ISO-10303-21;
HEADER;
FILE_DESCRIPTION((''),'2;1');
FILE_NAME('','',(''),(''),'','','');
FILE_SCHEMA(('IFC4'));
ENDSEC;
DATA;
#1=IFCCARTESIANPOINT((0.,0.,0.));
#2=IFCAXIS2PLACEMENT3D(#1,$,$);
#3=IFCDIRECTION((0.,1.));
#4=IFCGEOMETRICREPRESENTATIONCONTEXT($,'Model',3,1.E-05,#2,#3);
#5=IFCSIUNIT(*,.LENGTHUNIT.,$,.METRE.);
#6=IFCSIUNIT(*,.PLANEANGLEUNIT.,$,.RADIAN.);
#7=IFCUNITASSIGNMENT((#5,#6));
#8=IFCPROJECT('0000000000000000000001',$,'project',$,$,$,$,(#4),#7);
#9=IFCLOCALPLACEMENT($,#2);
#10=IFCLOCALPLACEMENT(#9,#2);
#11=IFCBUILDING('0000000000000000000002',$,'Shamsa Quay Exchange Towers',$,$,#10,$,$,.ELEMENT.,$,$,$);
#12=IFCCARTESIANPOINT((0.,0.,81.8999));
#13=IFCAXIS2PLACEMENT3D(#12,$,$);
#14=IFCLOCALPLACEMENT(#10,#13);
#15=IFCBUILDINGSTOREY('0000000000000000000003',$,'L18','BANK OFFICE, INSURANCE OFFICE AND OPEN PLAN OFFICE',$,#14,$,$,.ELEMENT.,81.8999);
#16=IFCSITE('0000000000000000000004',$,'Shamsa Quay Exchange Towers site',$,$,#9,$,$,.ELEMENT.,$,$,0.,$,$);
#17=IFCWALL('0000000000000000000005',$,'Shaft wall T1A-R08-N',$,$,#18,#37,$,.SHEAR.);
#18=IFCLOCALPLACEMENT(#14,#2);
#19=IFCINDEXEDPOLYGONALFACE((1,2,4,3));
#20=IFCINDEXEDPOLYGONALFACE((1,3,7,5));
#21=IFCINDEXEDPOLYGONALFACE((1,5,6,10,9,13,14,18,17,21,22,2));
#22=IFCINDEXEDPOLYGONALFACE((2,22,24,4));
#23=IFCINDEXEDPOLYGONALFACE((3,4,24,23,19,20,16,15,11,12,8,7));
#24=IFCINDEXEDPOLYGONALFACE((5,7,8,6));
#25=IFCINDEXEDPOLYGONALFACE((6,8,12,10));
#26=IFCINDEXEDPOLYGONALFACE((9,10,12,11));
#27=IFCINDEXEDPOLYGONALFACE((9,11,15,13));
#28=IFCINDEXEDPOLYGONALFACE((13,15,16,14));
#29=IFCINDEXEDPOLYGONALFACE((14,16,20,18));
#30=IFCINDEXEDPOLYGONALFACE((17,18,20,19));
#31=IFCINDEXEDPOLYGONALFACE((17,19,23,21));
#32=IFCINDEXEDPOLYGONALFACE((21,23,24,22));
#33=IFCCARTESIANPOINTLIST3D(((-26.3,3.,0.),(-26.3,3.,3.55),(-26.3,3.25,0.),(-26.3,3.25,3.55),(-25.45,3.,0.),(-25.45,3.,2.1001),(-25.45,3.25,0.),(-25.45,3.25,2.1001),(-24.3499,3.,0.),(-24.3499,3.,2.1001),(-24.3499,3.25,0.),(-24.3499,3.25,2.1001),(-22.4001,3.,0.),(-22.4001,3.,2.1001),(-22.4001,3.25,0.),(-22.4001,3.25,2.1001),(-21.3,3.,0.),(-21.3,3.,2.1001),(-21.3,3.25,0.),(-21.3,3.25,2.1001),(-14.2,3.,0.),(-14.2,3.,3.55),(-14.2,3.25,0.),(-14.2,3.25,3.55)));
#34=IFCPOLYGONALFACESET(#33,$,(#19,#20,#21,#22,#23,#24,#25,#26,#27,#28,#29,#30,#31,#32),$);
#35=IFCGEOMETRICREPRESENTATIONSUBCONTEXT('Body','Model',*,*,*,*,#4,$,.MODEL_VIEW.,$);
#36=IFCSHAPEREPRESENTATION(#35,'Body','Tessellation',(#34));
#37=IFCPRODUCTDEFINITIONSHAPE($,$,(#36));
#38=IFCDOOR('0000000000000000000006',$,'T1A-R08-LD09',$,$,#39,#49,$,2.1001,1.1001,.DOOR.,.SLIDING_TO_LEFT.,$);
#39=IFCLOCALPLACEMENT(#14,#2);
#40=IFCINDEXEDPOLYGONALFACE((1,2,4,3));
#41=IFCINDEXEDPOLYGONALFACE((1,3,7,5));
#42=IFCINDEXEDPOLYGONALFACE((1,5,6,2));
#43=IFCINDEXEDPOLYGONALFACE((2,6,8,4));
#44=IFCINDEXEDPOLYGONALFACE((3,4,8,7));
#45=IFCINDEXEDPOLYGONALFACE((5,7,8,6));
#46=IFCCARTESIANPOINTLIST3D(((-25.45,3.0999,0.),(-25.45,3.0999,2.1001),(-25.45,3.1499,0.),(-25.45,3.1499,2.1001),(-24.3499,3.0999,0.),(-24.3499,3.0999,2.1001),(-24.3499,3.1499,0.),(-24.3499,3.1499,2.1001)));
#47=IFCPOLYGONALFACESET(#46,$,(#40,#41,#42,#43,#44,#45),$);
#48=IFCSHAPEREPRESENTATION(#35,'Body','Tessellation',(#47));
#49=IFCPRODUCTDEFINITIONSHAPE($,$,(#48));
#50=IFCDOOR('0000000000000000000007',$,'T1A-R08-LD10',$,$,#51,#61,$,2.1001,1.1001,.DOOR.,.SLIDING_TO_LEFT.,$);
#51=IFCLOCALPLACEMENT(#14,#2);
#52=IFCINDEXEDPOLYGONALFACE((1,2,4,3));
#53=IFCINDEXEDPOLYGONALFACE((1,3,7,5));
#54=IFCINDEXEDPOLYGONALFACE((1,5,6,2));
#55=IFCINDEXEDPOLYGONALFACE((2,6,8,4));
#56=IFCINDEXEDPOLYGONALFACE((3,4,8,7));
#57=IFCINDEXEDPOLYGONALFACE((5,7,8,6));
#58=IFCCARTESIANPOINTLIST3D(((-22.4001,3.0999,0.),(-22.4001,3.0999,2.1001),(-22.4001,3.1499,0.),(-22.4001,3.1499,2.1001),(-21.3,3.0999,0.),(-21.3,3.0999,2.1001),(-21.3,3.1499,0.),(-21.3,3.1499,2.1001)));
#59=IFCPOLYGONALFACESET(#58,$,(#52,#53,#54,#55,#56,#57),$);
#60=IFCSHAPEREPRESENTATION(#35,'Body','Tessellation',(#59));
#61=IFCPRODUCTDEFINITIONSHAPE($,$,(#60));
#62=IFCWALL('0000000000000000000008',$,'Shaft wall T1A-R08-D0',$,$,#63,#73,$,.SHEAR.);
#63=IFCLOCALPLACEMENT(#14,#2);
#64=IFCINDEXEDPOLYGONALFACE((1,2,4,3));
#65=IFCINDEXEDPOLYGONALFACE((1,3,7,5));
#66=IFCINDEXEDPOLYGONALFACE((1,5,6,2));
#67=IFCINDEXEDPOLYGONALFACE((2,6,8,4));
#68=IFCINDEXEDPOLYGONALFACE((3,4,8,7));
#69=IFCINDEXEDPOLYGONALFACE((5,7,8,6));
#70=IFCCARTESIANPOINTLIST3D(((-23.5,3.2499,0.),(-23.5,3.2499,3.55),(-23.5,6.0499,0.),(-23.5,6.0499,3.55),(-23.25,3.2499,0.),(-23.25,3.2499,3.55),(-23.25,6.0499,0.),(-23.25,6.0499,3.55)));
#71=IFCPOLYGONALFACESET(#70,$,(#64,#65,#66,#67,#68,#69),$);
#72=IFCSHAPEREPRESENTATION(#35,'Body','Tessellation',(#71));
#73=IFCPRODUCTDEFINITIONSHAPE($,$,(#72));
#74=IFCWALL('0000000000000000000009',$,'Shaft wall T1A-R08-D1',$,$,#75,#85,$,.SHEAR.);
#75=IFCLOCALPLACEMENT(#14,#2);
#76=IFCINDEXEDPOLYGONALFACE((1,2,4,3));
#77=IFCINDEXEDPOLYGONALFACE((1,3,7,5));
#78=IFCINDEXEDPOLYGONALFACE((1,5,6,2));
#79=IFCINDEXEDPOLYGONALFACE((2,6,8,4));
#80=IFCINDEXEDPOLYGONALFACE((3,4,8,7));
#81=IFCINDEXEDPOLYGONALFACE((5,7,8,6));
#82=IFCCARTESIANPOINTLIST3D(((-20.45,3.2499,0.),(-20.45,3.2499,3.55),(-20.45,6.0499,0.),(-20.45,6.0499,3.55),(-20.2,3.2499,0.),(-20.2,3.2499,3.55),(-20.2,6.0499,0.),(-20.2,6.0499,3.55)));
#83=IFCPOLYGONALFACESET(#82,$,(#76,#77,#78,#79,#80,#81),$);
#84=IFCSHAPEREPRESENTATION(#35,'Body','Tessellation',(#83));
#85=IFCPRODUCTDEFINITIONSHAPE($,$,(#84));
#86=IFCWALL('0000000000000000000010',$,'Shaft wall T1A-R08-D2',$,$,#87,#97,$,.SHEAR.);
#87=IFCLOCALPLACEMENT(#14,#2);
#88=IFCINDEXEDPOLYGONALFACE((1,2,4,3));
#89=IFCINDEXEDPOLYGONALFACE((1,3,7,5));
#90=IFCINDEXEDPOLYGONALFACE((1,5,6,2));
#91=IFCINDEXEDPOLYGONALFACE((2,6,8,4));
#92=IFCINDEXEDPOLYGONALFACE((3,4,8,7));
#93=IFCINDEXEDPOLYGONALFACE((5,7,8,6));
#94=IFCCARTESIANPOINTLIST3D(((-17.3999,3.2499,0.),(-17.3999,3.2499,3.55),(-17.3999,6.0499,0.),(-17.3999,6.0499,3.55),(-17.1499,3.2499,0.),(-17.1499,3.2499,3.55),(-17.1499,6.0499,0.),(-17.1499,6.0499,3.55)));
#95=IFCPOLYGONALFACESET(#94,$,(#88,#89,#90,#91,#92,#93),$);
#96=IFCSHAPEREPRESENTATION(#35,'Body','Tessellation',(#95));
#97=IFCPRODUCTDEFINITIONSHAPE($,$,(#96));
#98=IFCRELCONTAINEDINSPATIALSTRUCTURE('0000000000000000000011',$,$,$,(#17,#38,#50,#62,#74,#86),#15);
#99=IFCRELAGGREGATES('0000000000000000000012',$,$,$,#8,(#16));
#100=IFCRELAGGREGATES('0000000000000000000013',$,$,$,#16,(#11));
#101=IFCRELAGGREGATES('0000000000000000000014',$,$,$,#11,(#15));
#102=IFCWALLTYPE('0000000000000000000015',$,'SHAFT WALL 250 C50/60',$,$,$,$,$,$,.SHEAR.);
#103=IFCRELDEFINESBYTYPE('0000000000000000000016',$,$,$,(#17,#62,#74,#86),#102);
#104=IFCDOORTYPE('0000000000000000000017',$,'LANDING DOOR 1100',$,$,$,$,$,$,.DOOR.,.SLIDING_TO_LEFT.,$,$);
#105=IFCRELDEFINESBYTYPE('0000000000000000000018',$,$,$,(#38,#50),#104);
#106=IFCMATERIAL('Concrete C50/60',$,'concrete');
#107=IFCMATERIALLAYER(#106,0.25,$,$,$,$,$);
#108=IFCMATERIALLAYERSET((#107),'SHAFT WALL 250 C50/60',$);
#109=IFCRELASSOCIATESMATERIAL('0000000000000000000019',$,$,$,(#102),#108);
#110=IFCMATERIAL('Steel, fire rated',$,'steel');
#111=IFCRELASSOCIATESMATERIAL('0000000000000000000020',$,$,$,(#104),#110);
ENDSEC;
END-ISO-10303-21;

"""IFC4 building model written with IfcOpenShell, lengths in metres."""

from ifc_helpers import new_model, si_unit, direction, frame, frame_2d, origin, place, context, subcontext, project, spatial, rectangle, extrude, material, layer, layer_set, type_object, element, fill, save


model = new_model("IFC4")

# Units and contexts
model_context = context("Model", 3, precision=1e-05, world=origin(), true_north=direction((0.0, 1.0)))
body_context = subcontext(model_context, "Body", "Model", "MODEL_VIEW")
ifc_project = project(units=[si_unit("LENGTHUNIT", "METRE"), si_unit("PLANEANGLEUNIT", "RADIAN")], contexts=[model_context])

# Site, building, storey
site_placement = place(None, origin())
site = spatial("IfcSite", under=ifc_project, at=site_placement, Name="Shamsa Quay Exchange Towers site", CompositionType="ELEMENT", RefElevation=0.0)
building_placement = place(site_placement, origin())
building = spatial("IfcBuilding", under=site, at=building_placement, Name="Shamsa Quay Exchange Towers", CompositionType="ELEMENT")
storey_placement = place(building_placement, frame((0.0, 0.0, 81.8999)))
storey = spatial("IfcBuildingStorey", under=building, at=storey_placement, Name="L18", Description="BANK OFFICE, INSURANCE OFFICE AND OPEN PLAN OFFICE", CompositionType="ELEMENT", Elevation=81.8999)

# Shared definitions
ifc_material_1 = material(Name="Steel, fire rated", Category="steel")

# Wall, openings, doors
ifc_material_2 = material(Name="Concrete C50/60", Category="concrete")
ifc_layer_1 = layer(ifc_material_2, 0.25)
ifc_layer_set_1 = layer_set([ifc_layer_1], Name="SHAFT WALL 250 C50/60")
wall_type_1 = type_object("IfcWallType", Name="SHAFT WALL 250 C50/60", PredefinedType="SHEAR", material=ifc_layer_set_1)
wall_1_placement = place(storey_placement, frame((-26.3, 3.125, 0.0)))
wall_1 = element("IfcWall", 1, at=wall_1_placement, inside=storey, type_object=wall_type_1, Name="Shaft wall T1A-R08-N", PredefinedType="SHEAR", context=body_context, shape_type="SweptSolid", body=[
    extrude(rectangle(XDim=12.1001, YDim=0.25, at=frame_2d((6.05, 0.0))), origin(), (0.0, 0.0, 1.0), 3.55),
])
opening_1_placement = place(wall_1_placement, frame((0.8501, 0.0, 0.0)))
opening_1 = element("IfcOpeningElement", 2, at=opening_1_placement, cuts=wall_1, PredefinedType="OPENING", context=body_context, shape_type="SweptSolid", body=[
    extrude(rectangle(XDim=1.1001, YDim=2.1001, at=frame_2d((0.55, 1.05))), frame((0.0, 0.135, 0.0), z_axis=(0.0, -1.0, 0.0), x_axis=(1.0, 0.0, 0.0)), (0.0, 0.0, 1.0), 0.27),
])
opening_2_placement = place(wall_1_placement, frame((3.8999, 0.0, 0.0)))
opening_2 = element("IfcOpeningElement", 3, at=opening_2_placement, cuts=wall_1, PredefinedType="OPENING", context=body_context, shape_type="SweptSolid", body=[
    extrude(rectangle(XDim=1.1001, YDim=2.1001, at=frame_2d((0.55, 1.05))), frame((0.0, 0.135, 0.0), z_axis=(0.0, -1.0, 0.0), x_axis=(1.0, 0.0, 0.0)), (0.0, 0.0, 1.0), 0.27),
])
door_type_1 = type_object("IfcDoorType", Name="LANDING DOOR 1100", OperationType="SLIDING_TO_LEFT", PredefinedType="DOOR", material=ifc_material_1)
door_1_placement = place(opening_1_placement, origin())
door_1 = element("IfcDoor", 4, at=door_1_placement, inside=storey, type_object=door_type_1, Name="T1A-R08-LD09", OperationType="SLIDING_TO_LEFT", OverallHeight=2.1001, OverallWidth=1.1001, PredefinedType="DOOR", context=body_context, shape_type="SweptSolid", body=[
    extrude(rectangle(XDim=1.1001, YDim=2.1001, at=frame_2d((0.55, 1.05))), frame((0.0, 0.0249, 0.0), z_axis=(0.0, -1.0, 0.0), x_axis=(1.0, 0.0, 0.0)), (0.0, 0.0, 1.0), 0.05),
])
fill(opening_1, door_1)
door_2_placement = place(opening_2_placement, origin())
door_2 = element("IfcDoor", 5, at=door_2_placement, inside=storey, type_object=door_type_1, Name="T1A-R08-LD10", OperationType="SLIDING_TO_LEFT", OverallHeight=2.1001, OverallWidth=1.1001, PredefinedType="DOOR", context=body_context, shape_type="SweptSolid", body=[
    extrude(rectangle(XDim=1.1001, YDim=2.1001, at=frame_2d((0.55, 1.05))), frame((0.0, 0.0249, 0.0), z_axis=(0.0, -1.0, 0.0), x_axis=(1.0, 0.0, 0.0)), (0.0, 0.0, 1.0), 0.05),
])
fill(opening_2, door_2)

# Walls
for number, where, z_axis, x_axis, name in (
    (6, (-23.375, 3.25, 0.0), (0.0, 0.0, 1.0), (0.0, 1.0, 0.0), "Shaft wall T1A-R08-D0"),
    (7, (-20.325, 3.25, 0.0), (0.0, 0.0, 1.0), (0.0, 1.0, 0.0), "Shaft wall T1A-R08-D1"),
    (8, (-17.2749, 3.25, 0.0), (0.0, 0.0, 1.0), (0.0, 1.0, 0.0), "Shaft wall T1A-R08-D2"),
):
    element("IfcWall", number, at=place(storey_placement, frame(where, z_axis=z_axis, x_axis=x_axis)), inside=storey, type_object=wall_type_1, Name=name, PredefinedType="SHEAR", context=body_context, shape_type="SweptSolid", body=[
        extrude(rectangle(XDim=2.8, YDim=0.25, at=frame_2d((1.3999, 0.0))), origin(), (0.0, 0.0, 1.0), 3.55),
    ])

save(model, "model.ifc")
